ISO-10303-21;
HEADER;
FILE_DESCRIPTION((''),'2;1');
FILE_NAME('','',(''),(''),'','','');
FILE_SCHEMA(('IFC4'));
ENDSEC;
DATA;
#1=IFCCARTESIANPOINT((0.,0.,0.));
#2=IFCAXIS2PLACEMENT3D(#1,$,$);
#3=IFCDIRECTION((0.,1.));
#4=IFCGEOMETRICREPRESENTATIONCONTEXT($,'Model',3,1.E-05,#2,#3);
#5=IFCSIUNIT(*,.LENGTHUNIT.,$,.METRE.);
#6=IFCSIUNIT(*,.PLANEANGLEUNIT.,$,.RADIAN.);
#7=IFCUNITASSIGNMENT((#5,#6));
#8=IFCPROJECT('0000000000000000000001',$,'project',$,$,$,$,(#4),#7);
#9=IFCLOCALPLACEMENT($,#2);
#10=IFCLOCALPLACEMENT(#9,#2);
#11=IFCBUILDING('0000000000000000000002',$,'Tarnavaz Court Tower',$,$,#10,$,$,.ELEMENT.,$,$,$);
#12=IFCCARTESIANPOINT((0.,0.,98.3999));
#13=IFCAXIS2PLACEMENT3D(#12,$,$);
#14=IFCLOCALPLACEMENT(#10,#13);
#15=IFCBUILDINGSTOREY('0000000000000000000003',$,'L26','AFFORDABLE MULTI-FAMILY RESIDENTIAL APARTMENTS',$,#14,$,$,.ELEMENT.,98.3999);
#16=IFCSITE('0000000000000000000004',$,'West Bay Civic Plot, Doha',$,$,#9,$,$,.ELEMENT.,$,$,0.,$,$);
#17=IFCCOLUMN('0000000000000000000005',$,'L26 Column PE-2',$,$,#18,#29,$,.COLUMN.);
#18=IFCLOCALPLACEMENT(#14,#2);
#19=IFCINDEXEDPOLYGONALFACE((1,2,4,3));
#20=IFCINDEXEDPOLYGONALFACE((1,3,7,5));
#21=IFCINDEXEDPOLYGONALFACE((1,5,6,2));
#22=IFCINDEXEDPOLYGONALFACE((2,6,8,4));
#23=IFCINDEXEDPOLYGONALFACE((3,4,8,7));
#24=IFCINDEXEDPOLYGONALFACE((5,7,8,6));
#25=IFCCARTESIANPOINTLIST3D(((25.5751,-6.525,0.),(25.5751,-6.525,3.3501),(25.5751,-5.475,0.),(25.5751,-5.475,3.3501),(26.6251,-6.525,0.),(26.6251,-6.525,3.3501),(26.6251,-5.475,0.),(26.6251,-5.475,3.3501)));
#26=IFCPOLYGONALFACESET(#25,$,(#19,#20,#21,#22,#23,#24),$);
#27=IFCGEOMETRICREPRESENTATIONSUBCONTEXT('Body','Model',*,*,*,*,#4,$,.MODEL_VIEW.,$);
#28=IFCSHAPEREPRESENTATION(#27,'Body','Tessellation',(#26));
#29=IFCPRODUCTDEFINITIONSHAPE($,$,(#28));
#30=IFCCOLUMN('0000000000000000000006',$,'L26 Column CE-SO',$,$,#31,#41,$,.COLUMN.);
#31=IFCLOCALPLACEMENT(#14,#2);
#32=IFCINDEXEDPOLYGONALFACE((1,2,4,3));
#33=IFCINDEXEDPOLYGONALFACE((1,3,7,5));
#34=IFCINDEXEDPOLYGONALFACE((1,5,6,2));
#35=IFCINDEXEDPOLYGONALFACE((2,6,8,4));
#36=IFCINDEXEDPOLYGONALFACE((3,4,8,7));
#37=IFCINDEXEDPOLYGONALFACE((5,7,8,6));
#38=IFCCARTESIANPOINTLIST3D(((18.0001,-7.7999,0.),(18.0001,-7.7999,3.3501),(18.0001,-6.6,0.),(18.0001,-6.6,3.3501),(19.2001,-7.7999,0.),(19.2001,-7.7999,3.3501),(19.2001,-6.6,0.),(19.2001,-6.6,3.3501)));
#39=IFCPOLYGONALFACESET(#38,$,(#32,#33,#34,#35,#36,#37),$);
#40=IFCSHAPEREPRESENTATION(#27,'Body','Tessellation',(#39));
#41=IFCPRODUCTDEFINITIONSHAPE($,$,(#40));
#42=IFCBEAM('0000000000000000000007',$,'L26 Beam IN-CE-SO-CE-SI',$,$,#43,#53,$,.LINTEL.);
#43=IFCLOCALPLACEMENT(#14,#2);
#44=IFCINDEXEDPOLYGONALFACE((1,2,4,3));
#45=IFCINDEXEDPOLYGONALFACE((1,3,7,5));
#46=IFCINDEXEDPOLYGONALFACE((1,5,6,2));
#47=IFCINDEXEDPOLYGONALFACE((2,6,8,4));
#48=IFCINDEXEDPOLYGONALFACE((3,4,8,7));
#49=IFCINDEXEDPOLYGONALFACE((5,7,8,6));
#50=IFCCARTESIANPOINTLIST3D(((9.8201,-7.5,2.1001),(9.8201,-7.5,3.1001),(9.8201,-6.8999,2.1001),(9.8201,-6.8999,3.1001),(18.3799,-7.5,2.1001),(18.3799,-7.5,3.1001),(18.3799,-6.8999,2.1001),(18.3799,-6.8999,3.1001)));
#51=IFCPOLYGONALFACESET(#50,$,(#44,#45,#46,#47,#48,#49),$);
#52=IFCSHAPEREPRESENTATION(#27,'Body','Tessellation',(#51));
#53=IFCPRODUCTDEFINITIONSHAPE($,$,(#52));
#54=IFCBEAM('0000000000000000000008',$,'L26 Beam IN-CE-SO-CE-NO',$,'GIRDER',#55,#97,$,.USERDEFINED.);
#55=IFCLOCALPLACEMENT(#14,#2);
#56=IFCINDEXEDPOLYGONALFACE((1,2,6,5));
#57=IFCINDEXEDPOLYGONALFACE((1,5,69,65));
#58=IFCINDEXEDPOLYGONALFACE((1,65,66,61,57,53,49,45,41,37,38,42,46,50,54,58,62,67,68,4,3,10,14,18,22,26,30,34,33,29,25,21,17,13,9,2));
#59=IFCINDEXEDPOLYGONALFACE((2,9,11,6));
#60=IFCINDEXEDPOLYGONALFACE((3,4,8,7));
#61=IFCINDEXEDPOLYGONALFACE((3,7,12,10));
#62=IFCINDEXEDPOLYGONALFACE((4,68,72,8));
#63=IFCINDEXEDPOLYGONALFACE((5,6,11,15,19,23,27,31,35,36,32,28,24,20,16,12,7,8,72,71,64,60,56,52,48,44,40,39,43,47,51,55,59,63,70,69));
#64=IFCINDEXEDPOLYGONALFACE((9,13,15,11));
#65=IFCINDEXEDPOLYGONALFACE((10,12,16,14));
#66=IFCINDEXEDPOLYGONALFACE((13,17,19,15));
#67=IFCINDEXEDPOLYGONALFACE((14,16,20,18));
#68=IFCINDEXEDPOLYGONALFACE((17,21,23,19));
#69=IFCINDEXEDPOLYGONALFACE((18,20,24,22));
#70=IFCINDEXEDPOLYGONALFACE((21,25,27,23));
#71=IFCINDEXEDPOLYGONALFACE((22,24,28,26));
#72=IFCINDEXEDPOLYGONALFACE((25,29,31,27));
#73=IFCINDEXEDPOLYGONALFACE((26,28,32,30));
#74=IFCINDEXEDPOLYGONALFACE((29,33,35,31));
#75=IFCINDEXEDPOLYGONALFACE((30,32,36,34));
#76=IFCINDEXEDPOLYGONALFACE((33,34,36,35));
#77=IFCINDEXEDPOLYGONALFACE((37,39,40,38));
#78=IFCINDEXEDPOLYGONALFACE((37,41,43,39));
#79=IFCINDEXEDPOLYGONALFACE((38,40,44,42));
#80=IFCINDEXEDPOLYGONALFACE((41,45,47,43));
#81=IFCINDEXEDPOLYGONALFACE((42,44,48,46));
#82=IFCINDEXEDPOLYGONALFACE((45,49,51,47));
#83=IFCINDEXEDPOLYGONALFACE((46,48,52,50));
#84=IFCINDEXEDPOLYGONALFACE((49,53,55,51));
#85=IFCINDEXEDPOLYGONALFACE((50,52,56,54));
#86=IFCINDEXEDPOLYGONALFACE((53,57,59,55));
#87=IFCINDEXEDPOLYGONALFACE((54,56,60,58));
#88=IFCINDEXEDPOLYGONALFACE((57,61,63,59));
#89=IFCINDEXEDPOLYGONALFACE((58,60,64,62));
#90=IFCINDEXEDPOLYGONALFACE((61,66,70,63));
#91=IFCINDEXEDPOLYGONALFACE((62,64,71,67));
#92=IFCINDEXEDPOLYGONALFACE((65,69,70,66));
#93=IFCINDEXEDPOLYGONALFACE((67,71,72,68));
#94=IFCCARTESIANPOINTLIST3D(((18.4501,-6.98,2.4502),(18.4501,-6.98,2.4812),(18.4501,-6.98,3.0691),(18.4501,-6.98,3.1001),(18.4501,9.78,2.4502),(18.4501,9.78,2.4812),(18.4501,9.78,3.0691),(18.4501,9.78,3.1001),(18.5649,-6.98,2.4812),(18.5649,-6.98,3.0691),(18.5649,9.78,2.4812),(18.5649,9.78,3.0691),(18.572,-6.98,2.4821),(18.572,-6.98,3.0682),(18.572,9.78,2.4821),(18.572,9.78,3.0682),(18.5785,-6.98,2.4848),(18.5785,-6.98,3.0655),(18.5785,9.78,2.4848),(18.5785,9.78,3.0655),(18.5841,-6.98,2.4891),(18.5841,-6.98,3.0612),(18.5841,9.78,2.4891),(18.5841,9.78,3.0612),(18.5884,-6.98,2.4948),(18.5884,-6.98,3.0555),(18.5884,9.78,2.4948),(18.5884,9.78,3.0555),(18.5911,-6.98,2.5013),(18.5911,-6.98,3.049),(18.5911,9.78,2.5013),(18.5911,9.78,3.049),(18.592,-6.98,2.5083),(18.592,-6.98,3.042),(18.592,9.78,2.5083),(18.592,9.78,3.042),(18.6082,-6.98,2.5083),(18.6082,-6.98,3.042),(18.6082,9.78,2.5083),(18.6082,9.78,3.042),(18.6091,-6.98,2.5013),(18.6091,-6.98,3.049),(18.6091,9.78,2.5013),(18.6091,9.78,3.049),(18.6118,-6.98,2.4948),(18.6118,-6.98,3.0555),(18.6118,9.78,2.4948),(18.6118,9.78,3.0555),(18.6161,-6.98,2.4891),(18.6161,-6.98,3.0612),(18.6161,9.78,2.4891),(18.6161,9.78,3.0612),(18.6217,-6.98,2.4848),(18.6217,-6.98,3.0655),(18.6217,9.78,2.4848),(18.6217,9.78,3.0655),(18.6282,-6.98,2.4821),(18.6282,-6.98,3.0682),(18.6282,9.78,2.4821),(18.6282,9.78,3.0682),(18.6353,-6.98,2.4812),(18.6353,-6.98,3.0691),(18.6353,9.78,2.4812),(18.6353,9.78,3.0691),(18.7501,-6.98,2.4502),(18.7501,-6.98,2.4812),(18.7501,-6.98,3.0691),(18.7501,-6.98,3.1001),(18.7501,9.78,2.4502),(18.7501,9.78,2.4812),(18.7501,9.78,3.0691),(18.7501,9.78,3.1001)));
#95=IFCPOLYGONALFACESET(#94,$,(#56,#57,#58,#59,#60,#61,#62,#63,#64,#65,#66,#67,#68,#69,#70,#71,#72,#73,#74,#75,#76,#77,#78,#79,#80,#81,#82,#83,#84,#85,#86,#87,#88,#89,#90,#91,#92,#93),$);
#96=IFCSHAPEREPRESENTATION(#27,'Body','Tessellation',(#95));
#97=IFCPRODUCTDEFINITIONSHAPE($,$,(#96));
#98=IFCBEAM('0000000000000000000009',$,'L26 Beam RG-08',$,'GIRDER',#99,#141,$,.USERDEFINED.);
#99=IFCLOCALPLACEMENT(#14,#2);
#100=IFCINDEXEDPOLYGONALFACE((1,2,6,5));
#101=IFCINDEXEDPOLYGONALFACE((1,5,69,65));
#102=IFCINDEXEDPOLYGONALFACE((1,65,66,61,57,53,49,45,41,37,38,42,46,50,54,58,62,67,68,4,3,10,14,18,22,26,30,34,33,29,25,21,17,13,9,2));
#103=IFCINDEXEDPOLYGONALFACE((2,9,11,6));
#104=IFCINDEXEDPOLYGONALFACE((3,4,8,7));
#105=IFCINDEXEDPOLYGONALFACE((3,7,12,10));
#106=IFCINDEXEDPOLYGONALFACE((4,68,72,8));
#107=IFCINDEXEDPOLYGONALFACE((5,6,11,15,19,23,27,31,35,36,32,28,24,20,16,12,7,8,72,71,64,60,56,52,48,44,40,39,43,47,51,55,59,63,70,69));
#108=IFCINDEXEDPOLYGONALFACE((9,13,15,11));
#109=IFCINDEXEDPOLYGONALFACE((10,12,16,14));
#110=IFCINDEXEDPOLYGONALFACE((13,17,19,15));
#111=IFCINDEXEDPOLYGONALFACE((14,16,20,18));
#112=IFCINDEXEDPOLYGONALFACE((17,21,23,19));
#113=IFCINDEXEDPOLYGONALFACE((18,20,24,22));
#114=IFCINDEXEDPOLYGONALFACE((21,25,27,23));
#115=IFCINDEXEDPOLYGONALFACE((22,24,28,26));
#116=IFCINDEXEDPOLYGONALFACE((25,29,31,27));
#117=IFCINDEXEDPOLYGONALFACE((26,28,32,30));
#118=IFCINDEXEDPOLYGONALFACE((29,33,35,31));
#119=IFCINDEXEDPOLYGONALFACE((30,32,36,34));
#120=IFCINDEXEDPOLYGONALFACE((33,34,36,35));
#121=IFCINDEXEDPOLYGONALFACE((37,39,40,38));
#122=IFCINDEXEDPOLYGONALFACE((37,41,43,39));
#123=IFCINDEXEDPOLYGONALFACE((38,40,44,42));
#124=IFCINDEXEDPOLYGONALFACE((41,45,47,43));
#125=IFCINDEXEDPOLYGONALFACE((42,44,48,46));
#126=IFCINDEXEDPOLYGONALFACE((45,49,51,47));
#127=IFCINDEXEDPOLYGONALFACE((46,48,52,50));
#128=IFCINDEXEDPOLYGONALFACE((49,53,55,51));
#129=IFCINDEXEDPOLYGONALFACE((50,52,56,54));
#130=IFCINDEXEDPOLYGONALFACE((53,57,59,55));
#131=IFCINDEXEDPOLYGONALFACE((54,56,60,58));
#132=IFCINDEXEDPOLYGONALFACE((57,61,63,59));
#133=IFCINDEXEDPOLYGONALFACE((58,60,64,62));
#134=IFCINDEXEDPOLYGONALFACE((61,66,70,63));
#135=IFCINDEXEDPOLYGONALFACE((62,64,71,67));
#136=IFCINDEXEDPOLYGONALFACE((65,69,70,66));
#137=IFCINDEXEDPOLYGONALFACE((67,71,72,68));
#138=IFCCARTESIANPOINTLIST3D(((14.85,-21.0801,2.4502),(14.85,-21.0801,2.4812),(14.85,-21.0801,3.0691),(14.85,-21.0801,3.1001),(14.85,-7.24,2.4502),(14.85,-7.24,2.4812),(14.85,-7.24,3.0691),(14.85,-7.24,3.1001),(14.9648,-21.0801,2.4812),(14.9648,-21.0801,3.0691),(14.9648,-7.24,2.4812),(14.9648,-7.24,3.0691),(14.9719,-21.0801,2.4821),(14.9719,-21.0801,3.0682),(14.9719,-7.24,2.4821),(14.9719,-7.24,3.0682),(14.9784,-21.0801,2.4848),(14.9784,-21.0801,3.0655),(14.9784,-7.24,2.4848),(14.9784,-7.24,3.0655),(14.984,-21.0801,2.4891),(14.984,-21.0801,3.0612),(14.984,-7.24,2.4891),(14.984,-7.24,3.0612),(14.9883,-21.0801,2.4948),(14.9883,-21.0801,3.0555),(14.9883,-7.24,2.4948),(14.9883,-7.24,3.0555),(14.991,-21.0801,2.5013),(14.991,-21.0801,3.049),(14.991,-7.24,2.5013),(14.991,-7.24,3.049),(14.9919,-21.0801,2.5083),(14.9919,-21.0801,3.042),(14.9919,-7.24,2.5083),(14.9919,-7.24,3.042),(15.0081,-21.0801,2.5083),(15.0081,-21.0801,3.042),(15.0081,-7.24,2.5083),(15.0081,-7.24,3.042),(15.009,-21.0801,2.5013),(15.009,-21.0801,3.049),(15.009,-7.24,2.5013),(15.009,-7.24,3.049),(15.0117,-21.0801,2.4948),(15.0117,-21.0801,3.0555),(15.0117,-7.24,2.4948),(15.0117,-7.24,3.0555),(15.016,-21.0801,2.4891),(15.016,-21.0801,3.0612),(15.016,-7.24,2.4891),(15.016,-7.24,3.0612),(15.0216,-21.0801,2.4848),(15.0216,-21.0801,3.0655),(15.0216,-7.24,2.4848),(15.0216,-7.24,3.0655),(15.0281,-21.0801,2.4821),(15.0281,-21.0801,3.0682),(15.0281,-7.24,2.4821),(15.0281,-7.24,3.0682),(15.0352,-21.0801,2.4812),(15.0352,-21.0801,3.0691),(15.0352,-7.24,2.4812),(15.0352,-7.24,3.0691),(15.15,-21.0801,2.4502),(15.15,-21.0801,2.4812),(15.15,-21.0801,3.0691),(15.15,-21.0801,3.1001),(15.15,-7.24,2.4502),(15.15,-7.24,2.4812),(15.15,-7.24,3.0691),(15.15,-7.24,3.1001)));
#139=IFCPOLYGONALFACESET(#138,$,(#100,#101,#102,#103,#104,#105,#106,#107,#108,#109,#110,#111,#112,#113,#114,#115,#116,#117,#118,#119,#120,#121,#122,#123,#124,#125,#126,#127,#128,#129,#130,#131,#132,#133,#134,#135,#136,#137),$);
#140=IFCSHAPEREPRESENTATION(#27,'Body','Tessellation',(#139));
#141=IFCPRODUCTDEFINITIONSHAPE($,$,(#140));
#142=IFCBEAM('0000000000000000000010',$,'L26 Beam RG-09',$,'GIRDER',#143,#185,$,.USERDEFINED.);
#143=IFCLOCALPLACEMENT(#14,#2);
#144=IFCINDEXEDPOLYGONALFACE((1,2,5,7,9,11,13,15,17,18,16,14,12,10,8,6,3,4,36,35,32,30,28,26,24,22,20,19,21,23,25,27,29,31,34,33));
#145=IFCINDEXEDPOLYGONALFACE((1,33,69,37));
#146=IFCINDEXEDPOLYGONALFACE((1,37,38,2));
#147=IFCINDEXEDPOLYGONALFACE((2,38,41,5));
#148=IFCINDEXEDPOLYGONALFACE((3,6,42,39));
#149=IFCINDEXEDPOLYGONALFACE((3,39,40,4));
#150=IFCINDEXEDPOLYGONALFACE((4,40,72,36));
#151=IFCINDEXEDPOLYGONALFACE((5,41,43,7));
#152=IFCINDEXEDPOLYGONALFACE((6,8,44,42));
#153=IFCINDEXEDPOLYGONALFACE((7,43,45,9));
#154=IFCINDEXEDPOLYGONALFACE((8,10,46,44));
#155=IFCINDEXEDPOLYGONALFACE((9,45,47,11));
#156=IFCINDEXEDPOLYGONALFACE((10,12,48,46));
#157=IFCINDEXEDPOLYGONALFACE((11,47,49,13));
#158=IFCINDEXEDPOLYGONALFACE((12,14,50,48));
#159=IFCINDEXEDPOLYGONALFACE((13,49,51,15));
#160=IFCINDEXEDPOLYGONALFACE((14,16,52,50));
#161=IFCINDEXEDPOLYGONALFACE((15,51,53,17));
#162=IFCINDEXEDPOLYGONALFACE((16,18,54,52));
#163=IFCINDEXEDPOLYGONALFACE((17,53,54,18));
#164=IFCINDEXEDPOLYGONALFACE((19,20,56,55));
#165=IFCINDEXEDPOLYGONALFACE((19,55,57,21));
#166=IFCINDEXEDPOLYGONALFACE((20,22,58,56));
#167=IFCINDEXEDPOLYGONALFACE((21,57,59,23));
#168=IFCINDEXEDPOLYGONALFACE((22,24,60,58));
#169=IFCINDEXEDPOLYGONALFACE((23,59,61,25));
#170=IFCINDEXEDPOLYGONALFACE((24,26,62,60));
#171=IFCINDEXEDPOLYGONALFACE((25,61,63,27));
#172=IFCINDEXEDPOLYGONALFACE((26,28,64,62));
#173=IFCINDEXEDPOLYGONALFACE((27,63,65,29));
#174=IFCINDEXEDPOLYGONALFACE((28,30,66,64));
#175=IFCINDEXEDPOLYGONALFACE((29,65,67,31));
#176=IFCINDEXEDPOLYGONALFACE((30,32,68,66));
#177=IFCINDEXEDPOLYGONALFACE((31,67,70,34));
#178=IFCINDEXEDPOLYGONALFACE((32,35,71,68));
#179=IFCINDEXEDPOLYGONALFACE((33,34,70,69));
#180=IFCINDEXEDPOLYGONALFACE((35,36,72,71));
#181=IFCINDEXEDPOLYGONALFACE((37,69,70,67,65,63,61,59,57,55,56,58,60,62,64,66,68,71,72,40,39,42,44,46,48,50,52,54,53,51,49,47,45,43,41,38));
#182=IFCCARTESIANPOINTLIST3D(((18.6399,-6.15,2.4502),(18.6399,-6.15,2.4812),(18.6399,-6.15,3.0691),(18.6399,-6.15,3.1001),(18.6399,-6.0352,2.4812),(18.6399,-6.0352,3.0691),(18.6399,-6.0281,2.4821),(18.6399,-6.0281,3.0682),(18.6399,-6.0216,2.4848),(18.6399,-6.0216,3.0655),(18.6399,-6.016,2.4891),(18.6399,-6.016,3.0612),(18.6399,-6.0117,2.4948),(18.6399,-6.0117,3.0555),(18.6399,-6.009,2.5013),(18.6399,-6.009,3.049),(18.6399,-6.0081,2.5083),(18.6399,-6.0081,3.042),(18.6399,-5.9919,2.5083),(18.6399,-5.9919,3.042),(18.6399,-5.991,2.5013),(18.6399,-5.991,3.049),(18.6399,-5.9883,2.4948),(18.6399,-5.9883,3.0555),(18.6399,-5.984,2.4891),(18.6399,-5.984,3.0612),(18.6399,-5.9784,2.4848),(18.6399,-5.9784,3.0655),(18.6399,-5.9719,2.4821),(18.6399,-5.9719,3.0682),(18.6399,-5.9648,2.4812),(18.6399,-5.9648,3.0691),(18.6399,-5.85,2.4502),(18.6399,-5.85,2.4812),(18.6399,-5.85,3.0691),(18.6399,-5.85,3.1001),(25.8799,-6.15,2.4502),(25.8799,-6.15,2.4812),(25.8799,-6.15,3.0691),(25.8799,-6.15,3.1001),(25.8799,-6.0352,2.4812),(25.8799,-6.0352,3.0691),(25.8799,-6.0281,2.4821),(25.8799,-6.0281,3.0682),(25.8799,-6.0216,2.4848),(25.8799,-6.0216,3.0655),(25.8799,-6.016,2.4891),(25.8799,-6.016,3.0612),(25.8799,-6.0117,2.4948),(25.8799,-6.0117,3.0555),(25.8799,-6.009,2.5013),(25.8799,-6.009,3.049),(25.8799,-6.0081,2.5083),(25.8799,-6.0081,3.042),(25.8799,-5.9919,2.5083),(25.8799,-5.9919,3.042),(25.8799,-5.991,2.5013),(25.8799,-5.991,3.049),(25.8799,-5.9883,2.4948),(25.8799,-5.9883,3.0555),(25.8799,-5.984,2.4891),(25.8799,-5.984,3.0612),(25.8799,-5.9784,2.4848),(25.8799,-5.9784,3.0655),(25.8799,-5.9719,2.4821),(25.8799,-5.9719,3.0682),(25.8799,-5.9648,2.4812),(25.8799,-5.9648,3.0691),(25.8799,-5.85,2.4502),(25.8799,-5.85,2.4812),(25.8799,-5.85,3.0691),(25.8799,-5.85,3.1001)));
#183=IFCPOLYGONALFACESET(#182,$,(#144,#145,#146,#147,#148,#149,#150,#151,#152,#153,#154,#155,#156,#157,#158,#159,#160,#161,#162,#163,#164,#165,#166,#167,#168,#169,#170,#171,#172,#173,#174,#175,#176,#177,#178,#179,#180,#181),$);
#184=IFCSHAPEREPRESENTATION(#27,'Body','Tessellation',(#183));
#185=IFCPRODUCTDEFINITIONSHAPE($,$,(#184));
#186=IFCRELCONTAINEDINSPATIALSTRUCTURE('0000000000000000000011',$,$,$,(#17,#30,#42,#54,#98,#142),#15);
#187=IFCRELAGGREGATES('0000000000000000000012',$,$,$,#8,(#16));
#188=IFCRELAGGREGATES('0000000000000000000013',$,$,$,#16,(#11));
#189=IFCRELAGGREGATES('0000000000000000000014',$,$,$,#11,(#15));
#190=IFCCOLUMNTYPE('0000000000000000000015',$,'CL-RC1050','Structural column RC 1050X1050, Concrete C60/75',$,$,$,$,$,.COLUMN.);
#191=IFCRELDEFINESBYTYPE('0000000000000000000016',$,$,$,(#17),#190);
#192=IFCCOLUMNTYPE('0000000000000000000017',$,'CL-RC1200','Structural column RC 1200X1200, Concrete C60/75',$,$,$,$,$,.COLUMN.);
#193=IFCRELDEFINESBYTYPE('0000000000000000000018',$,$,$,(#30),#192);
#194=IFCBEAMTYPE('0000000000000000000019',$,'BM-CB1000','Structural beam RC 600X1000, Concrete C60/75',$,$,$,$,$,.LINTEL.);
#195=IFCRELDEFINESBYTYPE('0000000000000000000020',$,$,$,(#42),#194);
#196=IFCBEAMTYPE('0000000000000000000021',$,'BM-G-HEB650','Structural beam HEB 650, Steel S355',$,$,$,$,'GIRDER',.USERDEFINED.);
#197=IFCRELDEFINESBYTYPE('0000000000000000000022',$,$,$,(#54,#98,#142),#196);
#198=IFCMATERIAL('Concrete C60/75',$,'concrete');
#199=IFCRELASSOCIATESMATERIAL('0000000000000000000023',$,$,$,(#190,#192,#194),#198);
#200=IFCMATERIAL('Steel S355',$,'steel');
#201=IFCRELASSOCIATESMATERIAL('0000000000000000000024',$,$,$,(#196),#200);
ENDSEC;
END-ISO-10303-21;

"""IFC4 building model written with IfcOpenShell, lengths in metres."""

from ifc_helpers import new_model, si_unit, direction, frame, origin, origin_2d, place, context, subcontext, project, spatial, rectangle, i_section, extrude, material, material_profile, profile_set, type_object, element, save


model = new_model("IFC4")

# Units and contexts
model_context = context("Model", 3, precision=1e-05, world=origin(), true_north=direction((0.0, 1.0)))
body_context = subcontext(model_context, "Body", "Model", "MODEL_VIEW")
ifc_project = project(units=[si_unit("LENGTHUNIT", "METRE"), si_unit("PLANEANGLEUNIT", "RADIAN")], contexts=[model_context])

# Site, building, storey
site_placement = place(None, origin())
site = spatial("IfcSite", under=ifc_project, at=site_placement, Name="West Bay Civic Plot, Doha", CompositionType="ELEMENT", RefElevation=0.0)
building_placement = place(site_placement, origin())
building = spatial("IfcBuilding", under=site, at=building_placement, Name="Tarnavaz Court Tower", CompositionType="ELEMENT")
storey_placement = place(building_placement, frame((0.0, 0.0, 98.3999)))
storey = spatial("IfcBuildingStorey", under=building, at=storey_placement, Name="L26", Description="AFFORDABLE MULTI-FAMILY RESIDENTIAL APARTMENTS", CompositionType="ELEMENT", Elevation=98.3999)

# Columns
ifc_material_1 = material(Name="Concrete C60/75", Category="concrete")
ifc_material_profile_1 = material_profile(ifc_material_1, rectangle(XDim=1.05, YDim=1.05, at=origin_2d()), Name="RC 1050X1050")
ifc_profile_set_1 = profile_set([ifc_material_profile_1], Name="Concrete C60/75")
column_type_1 = type_object("IfcColumnType", Name="CL-RC1050", Description="Structural column RC 1050X1050, Concrete C60/75", PredefinedType="COLUMN", material=ifc_profile_set_1)
column_1_placement = place(storey_placement, frame((26.1001, -6.0, 0.0), z_axis=(0.0, 0.0, 1.0), x_axis=(1.0, 0.0, 0.0)))
element("IfcColumn", 1, at=column_1_placement, inside=storey, type_object=column_type_1, Name="L26 Column PE-2", PredefinedType="COLUMN", context=body_context, shape_type="SweptSolid", body=[
    extrude(rectangle(XDim=1.05, YDim=1.05, at=origin_2d()), origin(), (0.0, 0.0, 1.0), 3.3501),
])
ifc_material_profile_2 = material_profile(ifc_material_1, rectangle(XDim=1.2, YDim=1.2, at=origin_2d()), Name="RC 1200X1200")
ifc_profile_set_2 = profile_set([ifc_material_profile_2], Name="Concrete C60/75")
column_type_2 = type_object("IfcColumnType", Name="CL-RC1200", Description="Structural column RC 1200X1200, Concrete C60/75", PredefinedType="COLUMN", material=ifc_profile_set_2)
column_2_placement = place(storey_placement, frame((18.6001, -7.2, 0.0), z_axis=(0.0, 0.0, 1.0), x_axis=(1.0, 0.0, 0.0)))
element("IfcColumn", 2, at=column_2_placement, inside=storey, type_object=column_type_2, Name="L26 Column CE-SO", PredefinedType="COLUMN", context=body_context, shape_type="SweptSolid", body=[
    extrude(rectangle(XDim=1.2, YDim=1.2, at=origin_2d()), origin(), (0.0, 0.0, 1.0), 3.3501),
])

# Beams
ifc_material_profile_3 = material_profile(ifc_material_1, rectangle(XDim=0.6001, YDim=1.0, at=origin_2d()), Name="RC 600X1000")
ifc_profile_set_3 = profile_set([ifc_material_profile_3], Name="Concrete C60/75")
beam_type_1 = type_object("IfcBeamType", Name="BM-CB1000", Description="Structural beam RC 600X1000, Concrete C60/75", PredefinedType="LINTEL", material=ifc_profile_set_3)
beam_1_placement = place(storey_placement, frame((18.3799, -7.2, 2.6001), z_axis=(-1.0, 0.0, 0.0), x_axis=(0.0, -1.0, 0.0)))
element("IfcBeam", 3, at=beam_1_placement, inside=storey, type_object=beam_type_1, Name="L26 Beam IN-CE-SO-CE-SI", PredefinedType="LINTEL", context=body_context, shape_type="SweptSolid", body=[
    extrude(rectangle(XDim=0.6001, YDim=1.0, at=origin_2d()), origin(), (0.0, 0.0, 1.0), 8.5598),
])
ifc_material_2 = material(Name="Steel S355", Category="steel")
ifc_material_profile_4 = material_profile(ifc_material_2, i_section(OverallWidth=0.3, OverallDepth=0.6499, WebThickness=0.0161, FlangeThickness=0.031, FilletRadius=0.0271, at=origin_2d()), Name="HEB 650")
ifc_profile_set_4 = profile_set([ifc_material_profile_4], Name="Steel S355")
beam_type_2 = type_object("IfcBeamType", Name="BM-G-HEB650", Description="Structural beam HEB 650, Steel S355", ElementType="GIRDER", PredefinedType="USERDEFINED", material=ifc_profile_set_4)
beam_2_placement = place(storey_placement, frame((18.6001, -6.98, 2.7751), z_axis=(0.0, 1.0, 0.0), x_axis=(-1.0, 0.0, 0.0)))
element("IfcBeam", 4, at=beam_2_placement, inside=storey, type_object=beam_type_2, Name="L26 Beam IN-CE-SO-CE-NO", ObjectType="GIRDER", PredefinedType="USERDEFINED", context=body_context, shape_type="SweptSolid", body=[
    extrude(i_section(OverallWidth=0.3, OverallDepth=0.6499, WebThickness=0.0161, FlangeThickness=0.031, FilletRadius=0.0271, at=origin_2d()), origin(), (0.0, 0.0, 1.0), 16.76),
])
beam_3_placement = place(storey_placement, frame((15.0, -7.24, 2.7751), z_axis=(0.0, -1.0, 0.0), x_axis=(1.0, 0.0, 0.0)))
element("IfcBeam", 5, at=beam_3_placement, inside=storey, type_object=beam_type_2, Name="L26 Beam RG-08", ObjectType="GIRDER", PredefinedType="USERDEFINED", context=body_context, shape_type="SweptSolid", body=[
    extrude(i_section(OverallWidth=0.3, OverallDepth=0.6499, WebThickness=0.0161, FlangeThickness=0.031, FilletRadius=0.0271, at=origin_2d()), origin(), (0.0, 0.0, 1.0), 13.8401),
])
beam_4_placement = place(storey_placement, frame((18.6399, -6.0, 2.7751), z_axis=(1.0, 0.0, 0.0), x_axis=(0.0, 1.0, 0.0)))
element("IfcBeam", 6, at=beam_4_placement, inside=storey, type_object=beam_type_2, Name="L26 Beam RG-09", ObjectType="GIRDER", PredefinedType="USERDEFINED", context=body_context, shape_type="SweptSolid", body=[
    extrude(i_section(OverallWidth=0.3, OverallDepth=0.6499, WebThickness=0.0161, FlangeThickness=0.031, FilletRadius=0.0271, at=origin_2d()), origin(), (0.0, 0.0, 1.0), 7.24),
])

save(model, "model.ifc")
